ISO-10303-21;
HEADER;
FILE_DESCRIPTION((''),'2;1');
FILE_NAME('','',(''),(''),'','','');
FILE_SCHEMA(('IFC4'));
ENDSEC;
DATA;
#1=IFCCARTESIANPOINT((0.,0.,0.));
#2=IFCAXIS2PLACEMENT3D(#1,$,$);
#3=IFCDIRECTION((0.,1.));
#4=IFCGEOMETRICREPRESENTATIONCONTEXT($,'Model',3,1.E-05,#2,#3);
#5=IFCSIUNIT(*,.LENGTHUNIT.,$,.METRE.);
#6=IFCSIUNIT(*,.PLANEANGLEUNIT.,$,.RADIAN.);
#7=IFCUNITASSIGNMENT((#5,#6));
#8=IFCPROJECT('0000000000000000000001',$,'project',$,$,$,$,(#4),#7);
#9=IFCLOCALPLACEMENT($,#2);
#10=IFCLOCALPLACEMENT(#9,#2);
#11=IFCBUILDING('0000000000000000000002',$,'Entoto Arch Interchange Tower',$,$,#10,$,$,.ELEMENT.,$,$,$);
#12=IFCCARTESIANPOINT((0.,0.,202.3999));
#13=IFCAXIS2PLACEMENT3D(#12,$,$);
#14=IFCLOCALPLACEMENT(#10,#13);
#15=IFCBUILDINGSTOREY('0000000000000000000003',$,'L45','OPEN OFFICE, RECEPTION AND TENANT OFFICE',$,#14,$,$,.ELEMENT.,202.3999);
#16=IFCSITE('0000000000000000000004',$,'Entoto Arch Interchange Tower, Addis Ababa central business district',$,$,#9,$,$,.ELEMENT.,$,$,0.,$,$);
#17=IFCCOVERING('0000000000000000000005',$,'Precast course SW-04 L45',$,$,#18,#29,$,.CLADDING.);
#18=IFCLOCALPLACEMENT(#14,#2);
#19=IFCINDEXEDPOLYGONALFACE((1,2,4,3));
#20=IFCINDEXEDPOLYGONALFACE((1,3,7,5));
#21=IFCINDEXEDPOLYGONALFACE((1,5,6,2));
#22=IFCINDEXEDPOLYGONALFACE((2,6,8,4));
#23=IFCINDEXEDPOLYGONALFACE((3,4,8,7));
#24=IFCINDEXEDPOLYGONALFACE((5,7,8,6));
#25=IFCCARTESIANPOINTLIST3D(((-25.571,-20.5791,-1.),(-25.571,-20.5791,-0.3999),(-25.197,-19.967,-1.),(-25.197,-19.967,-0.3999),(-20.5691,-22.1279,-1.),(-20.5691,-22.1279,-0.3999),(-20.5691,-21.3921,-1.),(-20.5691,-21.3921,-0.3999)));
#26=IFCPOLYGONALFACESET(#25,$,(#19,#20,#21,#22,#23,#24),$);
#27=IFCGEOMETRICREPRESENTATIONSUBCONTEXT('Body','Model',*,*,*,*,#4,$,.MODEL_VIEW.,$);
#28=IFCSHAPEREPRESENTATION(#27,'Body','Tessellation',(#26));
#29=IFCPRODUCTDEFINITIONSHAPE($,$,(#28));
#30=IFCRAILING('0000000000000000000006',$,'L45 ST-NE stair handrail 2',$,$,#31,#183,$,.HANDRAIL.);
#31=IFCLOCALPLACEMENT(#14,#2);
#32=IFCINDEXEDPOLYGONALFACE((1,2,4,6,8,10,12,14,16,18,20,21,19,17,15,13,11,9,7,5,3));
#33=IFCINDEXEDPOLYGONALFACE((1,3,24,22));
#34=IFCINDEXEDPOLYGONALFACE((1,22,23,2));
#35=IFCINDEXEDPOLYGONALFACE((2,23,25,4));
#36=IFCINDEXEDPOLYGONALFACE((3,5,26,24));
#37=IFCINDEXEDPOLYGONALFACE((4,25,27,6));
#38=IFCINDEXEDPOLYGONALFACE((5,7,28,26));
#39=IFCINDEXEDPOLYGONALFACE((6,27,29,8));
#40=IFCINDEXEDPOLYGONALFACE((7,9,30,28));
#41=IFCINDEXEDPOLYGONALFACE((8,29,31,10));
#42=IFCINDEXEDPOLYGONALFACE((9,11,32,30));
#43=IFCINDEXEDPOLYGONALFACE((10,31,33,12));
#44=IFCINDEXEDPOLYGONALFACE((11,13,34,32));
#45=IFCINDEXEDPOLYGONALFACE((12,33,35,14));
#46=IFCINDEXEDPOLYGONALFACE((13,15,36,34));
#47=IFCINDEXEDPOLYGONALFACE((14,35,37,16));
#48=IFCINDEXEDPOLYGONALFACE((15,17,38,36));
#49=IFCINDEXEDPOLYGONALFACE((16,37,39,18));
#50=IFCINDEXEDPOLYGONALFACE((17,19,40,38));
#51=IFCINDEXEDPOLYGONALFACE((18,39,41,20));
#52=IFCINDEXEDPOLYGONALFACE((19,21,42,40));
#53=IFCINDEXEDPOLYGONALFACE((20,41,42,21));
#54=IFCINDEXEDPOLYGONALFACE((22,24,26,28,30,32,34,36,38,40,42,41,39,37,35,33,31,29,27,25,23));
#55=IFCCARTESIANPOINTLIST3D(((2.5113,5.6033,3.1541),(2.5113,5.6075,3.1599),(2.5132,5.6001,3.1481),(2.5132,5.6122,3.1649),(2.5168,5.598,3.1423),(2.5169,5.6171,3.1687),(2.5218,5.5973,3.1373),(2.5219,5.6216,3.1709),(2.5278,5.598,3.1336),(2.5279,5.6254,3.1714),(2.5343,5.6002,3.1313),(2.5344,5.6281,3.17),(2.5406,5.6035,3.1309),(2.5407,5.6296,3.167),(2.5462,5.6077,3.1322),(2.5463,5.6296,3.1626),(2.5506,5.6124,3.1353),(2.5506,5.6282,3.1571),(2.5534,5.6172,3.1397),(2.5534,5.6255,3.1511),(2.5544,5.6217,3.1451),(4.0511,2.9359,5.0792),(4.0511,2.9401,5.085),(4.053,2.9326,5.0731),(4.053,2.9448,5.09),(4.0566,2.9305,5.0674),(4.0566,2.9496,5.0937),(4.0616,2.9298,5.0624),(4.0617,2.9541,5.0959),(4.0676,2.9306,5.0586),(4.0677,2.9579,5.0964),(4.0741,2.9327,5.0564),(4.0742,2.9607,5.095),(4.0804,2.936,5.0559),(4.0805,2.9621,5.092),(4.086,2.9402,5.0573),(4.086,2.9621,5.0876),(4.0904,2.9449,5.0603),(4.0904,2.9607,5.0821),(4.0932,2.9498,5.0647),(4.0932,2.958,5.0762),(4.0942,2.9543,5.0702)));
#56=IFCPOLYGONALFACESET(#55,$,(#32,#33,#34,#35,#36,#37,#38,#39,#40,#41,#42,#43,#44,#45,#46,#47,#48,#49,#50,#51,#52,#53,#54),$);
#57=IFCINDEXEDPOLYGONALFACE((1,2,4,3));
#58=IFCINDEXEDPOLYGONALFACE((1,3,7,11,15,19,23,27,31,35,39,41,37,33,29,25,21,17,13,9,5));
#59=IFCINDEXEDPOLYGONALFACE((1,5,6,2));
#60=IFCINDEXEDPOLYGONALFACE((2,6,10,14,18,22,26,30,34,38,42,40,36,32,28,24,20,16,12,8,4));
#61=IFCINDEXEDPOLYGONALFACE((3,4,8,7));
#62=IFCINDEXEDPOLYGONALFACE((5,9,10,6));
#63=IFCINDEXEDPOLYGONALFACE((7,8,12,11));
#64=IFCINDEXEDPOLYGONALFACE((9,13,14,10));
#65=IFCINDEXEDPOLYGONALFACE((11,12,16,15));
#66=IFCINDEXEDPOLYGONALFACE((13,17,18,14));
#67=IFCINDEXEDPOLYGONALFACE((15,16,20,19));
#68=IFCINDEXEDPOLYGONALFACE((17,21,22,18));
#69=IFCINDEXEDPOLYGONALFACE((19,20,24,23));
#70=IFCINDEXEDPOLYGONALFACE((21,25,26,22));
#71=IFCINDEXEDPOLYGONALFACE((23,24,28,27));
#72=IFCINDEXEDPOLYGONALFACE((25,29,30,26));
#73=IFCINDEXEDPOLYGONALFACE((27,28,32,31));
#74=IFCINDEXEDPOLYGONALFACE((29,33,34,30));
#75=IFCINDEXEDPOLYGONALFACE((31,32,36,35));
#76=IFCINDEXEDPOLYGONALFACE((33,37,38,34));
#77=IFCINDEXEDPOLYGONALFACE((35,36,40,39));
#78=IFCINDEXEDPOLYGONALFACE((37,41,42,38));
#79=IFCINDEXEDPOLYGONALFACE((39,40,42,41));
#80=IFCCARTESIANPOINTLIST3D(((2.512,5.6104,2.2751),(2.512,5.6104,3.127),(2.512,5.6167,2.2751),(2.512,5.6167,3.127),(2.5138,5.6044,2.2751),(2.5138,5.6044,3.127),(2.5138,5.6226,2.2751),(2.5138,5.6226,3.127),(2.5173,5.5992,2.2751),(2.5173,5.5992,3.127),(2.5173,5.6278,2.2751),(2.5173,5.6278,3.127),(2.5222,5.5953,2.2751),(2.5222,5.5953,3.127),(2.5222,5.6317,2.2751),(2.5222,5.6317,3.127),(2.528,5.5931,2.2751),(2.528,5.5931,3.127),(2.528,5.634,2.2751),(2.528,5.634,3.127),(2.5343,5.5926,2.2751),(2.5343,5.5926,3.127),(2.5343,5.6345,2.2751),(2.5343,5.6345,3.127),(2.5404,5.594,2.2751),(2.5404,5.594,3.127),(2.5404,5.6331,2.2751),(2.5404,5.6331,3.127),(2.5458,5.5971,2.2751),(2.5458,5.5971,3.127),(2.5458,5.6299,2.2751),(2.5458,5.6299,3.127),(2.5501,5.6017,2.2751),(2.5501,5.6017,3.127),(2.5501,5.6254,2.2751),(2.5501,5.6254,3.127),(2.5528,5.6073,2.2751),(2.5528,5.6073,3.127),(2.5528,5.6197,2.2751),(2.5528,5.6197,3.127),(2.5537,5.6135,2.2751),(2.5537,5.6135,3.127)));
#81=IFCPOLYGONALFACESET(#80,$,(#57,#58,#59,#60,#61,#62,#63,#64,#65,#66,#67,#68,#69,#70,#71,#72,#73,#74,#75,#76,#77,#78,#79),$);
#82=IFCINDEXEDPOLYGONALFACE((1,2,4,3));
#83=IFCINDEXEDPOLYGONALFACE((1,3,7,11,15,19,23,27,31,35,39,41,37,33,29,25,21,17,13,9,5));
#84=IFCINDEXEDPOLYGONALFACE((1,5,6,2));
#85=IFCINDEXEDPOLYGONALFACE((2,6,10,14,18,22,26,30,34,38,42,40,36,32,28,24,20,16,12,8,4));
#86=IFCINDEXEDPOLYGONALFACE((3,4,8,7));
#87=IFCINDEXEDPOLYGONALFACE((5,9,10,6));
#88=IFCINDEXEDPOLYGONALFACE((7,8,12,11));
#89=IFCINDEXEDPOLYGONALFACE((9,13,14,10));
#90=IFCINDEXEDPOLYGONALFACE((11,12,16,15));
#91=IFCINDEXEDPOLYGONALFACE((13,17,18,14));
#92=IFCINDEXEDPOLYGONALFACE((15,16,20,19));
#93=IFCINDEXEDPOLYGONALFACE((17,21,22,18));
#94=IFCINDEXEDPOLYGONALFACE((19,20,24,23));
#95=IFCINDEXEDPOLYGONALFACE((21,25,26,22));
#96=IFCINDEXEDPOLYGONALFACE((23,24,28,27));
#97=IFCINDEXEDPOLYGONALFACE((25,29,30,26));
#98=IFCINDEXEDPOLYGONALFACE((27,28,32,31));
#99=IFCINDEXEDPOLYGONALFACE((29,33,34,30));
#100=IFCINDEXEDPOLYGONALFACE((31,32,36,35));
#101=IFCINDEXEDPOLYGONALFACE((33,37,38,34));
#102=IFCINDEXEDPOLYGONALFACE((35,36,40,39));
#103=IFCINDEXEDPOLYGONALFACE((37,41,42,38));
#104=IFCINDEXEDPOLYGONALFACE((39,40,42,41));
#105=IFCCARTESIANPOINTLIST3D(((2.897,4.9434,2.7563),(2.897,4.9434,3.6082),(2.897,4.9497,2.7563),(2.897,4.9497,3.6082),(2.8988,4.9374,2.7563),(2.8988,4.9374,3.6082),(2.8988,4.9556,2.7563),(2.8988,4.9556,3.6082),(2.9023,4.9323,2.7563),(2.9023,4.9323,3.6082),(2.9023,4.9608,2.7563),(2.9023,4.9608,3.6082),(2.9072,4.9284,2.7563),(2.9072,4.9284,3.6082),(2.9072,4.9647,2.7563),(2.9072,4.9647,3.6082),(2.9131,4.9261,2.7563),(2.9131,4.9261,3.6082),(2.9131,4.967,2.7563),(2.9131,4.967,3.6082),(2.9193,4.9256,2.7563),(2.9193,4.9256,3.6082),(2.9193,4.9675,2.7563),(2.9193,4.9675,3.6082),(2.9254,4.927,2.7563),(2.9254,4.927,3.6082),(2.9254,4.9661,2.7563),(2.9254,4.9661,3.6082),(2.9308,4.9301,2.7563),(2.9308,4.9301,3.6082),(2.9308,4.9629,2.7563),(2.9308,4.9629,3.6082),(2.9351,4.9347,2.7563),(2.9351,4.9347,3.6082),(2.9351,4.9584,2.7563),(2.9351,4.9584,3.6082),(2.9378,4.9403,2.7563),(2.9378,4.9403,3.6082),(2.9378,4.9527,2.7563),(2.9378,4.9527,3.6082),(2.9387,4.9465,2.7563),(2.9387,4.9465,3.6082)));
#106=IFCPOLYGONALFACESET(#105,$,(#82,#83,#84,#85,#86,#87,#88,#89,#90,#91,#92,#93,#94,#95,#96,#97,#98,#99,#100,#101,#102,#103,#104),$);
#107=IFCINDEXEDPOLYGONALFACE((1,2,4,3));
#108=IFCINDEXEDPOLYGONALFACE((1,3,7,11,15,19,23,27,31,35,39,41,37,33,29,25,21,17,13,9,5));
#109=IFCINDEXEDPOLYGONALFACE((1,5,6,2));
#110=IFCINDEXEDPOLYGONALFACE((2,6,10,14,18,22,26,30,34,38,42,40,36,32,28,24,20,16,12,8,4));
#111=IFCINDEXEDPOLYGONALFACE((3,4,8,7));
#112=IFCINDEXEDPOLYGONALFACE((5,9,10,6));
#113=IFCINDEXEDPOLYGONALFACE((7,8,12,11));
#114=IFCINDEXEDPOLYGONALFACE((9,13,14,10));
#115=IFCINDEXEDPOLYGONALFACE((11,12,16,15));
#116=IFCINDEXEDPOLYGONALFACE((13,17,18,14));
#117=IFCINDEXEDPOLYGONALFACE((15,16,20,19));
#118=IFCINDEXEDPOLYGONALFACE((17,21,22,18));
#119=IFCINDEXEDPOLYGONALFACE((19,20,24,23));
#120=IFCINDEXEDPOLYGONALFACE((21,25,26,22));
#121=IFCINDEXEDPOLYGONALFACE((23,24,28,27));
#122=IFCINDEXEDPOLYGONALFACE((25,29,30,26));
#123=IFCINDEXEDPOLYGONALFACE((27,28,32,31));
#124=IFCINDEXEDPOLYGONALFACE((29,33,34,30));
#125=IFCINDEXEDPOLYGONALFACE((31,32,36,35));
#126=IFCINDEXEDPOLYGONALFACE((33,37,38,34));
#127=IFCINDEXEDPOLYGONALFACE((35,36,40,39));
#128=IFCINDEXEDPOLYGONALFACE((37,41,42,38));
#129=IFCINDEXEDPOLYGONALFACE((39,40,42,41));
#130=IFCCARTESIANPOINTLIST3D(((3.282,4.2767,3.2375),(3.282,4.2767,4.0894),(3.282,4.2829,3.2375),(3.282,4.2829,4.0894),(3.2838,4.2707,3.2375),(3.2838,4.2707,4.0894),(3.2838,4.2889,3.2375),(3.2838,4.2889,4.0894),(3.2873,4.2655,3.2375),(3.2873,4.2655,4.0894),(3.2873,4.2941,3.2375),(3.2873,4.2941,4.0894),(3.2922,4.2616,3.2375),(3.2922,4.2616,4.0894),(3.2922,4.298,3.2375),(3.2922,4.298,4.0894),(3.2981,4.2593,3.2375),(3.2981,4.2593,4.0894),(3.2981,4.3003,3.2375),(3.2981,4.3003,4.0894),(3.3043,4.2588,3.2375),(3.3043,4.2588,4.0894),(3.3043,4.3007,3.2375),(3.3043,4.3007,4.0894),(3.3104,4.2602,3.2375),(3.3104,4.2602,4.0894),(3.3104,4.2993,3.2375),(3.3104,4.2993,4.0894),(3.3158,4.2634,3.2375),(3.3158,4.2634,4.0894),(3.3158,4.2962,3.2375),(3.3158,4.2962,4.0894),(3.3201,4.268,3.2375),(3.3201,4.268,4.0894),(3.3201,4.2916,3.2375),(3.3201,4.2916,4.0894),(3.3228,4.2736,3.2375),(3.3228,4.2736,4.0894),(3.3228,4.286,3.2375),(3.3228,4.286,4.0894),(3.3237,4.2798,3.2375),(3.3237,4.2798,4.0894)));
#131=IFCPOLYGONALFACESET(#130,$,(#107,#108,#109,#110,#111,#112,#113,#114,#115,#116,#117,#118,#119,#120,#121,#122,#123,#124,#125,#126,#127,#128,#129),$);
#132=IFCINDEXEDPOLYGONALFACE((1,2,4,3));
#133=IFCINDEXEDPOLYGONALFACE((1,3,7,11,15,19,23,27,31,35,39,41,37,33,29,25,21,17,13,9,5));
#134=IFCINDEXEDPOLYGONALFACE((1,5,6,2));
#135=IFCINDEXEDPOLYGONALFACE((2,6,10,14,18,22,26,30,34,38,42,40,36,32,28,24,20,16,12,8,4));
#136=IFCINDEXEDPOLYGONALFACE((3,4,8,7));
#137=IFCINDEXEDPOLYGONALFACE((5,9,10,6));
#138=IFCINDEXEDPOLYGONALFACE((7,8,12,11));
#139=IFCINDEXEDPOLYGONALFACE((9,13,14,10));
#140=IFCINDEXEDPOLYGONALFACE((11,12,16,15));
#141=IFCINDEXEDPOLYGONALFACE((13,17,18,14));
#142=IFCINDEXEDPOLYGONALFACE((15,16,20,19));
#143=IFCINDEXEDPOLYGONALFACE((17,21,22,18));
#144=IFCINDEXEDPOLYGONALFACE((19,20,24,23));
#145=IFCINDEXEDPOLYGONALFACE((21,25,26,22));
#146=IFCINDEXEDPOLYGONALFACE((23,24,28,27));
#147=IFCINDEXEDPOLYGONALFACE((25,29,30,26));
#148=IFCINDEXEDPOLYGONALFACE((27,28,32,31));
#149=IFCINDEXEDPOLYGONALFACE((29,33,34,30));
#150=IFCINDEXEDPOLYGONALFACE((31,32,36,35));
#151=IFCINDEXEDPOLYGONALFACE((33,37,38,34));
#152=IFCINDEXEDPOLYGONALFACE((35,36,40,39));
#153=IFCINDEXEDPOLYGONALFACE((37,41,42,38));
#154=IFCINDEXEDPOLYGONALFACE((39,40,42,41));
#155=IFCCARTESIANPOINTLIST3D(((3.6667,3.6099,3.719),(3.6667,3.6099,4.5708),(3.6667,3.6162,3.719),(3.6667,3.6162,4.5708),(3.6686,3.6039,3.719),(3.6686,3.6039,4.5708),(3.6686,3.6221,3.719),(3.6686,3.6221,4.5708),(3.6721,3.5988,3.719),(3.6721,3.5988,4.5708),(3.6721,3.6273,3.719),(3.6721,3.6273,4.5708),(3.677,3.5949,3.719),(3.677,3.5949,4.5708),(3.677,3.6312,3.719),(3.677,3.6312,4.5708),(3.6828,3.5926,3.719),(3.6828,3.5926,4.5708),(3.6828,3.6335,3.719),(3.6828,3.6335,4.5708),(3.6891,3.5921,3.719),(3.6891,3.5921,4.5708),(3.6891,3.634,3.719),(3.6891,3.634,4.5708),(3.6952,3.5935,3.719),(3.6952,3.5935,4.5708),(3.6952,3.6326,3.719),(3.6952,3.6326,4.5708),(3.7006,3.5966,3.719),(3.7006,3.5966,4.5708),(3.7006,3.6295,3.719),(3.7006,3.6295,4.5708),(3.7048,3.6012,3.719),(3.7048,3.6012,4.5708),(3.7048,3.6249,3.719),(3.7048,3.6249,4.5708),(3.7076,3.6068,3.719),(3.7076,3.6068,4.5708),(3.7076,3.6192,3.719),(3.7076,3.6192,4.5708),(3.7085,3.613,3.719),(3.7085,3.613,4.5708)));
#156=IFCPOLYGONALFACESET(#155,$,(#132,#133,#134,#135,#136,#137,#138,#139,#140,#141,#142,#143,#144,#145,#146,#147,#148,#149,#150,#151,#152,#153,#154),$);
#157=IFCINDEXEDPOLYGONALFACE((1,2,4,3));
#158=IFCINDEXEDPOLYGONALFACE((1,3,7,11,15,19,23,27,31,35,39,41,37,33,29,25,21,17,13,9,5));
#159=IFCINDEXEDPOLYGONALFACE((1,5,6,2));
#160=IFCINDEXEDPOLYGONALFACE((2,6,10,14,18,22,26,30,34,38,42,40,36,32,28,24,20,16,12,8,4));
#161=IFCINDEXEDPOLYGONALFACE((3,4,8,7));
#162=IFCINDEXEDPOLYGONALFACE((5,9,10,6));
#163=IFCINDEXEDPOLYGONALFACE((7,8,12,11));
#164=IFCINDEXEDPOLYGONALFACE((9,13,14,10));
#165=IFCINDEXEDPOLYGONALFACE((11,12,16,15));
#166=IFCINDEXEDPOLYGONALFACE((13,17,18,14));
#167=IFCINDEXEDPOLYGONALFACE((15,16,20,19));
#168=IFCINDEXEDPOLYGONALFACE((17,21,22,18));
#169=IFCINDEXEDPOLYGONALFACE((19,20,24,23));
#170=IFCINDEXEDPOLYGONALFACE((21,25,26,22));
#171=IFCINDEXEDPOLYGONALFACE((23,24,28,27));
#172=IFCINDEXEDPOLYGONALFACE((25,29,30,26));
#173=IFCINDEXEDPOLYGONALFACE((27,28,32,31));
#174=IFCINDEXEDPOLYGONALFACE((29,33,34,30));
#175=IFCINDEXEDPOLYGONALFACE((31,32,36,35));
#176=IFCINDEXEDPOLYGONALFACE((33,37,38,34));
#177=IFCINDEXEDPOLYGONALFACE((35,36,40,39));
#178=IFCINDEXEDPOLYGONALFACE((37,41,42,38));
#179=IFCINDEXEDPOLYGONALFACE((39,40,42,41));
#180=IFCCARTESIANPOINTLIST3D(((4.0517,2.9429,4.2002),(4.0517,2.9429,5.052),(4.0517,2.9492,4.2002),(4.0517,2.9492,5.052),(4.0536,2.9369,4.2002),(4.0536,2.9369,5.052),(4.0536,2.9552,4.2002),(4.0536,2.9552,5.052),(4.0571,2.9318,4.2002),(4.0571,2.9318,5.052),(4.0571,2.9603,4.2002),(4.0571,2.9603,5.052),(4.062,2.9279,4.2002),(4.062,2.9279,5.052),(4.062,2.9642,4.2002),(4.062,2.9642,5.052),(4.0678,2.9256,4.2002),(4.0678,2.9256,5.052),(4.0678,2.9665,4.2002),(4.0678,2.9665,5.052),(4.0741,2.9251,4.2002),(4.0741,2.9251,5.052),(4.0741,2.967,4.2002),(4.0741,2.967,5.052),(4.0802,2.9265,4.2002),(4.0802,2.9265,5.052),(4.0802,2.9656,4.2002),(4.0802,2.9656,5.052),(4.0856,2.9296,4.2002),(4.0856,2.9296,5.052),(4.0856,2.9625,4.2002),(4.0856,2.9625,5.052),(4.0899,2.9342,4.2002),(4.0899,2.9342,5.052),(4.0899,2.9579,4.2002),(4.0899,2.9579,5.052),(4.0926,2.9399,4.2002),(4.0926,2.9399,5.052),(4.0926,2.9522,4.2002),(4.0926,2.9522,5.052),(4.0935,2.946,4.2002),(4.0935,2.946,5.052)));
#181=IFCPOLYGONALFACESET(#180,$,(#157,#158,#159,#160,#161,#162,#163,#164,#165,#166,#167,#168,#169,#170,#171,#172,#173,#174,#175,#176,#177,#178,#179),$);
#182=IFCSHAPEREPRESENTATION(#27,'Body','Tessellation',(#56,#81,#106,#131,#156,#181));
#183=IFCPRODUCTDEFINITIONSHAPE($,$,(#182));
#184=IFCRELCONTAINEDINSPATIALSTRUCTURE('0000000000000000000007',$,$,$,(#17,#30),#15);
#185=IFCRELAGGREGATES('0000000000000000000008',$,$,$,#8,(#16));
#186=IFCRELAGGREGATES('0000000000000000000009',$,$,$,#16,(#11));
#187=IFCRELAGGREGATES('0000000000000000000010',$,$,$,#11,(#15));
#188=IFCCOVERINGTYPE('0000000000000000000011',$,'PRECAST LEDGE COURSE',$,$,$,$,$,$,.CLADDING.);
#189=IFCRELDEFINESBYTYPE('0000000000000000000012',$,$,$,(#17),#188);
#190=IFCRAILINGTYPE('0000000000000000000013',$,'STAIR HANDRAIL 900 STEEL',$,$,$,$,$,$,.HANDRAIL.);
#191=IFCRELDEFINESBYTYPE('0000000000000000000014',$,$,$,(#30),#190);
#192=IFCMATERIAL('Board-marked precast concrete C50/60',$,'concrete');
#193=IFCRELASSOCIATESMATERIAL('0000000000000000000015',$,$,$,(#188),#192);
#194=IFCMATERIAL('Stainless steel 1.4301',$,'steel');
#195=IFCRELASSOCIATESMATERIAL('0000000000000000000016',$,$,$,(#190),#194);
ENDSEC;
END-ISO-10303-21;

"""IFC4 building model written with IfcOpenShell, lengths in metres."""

from ifc_helpers import new_model, si_unit, direction, frame, origin, origin_2d, place, context, subcontext, project, spatial, polyline, circle, outline, extrude, material, type_object, element, save


model = new_model("IFC4")

# Units and contexts
model_context = context("Model", 3, precision=1e-05, world=origin(), true_north=direction((0.0, 1.0)))
body_context = subcontext(model_context, "Body", "Model", "MODEL_VIEW")
ifc_project = project(units=[si_unit("LENGTHUNIT", "METRE"), si_unit("PLANEANGLEUNIT", "RADIAN")], contexts=[model_context])

# Site, building, storey
site_placement = place(None, origin())
site = spatial("IfcSite", under=ifc_project, at=site_placement, Name="Entoto Arch Interchange Tower, Addis Ababa central business district", CompositionType="ELEMENT", RefElevation=0.0)
building_placement = place(site_placement, origin())
building = spatial("IfcBuilding", under=site, at=building_placement, Name="Entoto Arch Interchange Tower", CompositionType="ELEMENT")
storey_placement = place(building_placement, frame((0.0, 0.0, 202.3999)))
storey = spatial("IfcBuildingStorey", under=building, at=storey_placement, Name="L45", Description="OPEN OFFICE, RECEPTION AND TENANT OFFICE", CompositionType="ELEMENT", Elevation=202.3999)

# Shared definitions
ifc_material_1 = material(Name="Board-marked precast concrete C50/60", Category="concrete")

# Covering
covering_type_1 = type_object("IfcCoveringType", Name="PRECAST LEDGE COURSE", PredefinedType="CLADDING", material=ifc_material_1)
covering_1_placement = place(storey_placement, frame((0.0, 0.0, -1.0)))
element("IfcCovering", 1, at=covering_1_placement, inside=storey, type_object=covering_type_1, Name="Precast course SW-04 L45", PredefinedType="CLADDING", context=body_context, shape_type="SweptSolid", body=[
    extrude(outline(polyline([(-20.5691, -21.3921), (-20.5691, -22.1279), (-25.571, -20.5791), (-25.197, -19.967), (-20.5691, -21.3921)])), origin(), (0.0, 0.0, 1.0), 0.6001),
])

# Railing
ifc_material_2 = material(Name="Stainless steel 1.4301", Category="steel")
railing_type = type_object("IfcRailingType", Name="STAIR HANDRAIL 900 STEEL", PredefinedType="HANDRAIL", material=ifc_material_2)
railing_placement = place(storey_placement, frame((2.5327, 5.6135, 2.2751)))
element("IfcRailing", 2, at=railing_placement, inside=storey, type_object=railing_type, Name="L45 ST-NE stair handrail 2", PredefinedType="HANDRAIL", context=body_context, shape_type="SweptSolid", body=[
    extrude(circle(Radius=0.0239, at=origin_2d()), frame((0.0, 0.0, 0.876), z_axis=(0.423939, -0.734416, 0.530008), x_axis=(0.866064, 0.499933, 0.0)), (0.0, 0.0, 1.0), 3.6321),
    extrude(circle(Radius=0.021, at=origin_2d()), origin(), (0.0, 0.0, 1.0), 0.8518),
    extrude(circle(Radius=0.021, at=origin_2d()), frame((0.385, -0.667, 0.4812)), (0.0, 0.0, 1.0), 0.8518),
    extrude(circle(Radius=0.021, at=origin_2d()), frame((0.77, -1.3337, 0.9624)), (0.0, 0.0, 1.0), 0.8518),
    extrude(circle(Radius=0.021, at=origin_2d()), frame((1.1548, -2.0005, 1.4438)), (0.0, 0.0, 1.0), 0.8518),
    extrude(circle(Radius=0.021, at=origin_2d()), frame((1.5398, -2.6675, 1.925)), (0.0, 0.0, 1.0), 0.8518),
])

save(model, "model.ifc")
